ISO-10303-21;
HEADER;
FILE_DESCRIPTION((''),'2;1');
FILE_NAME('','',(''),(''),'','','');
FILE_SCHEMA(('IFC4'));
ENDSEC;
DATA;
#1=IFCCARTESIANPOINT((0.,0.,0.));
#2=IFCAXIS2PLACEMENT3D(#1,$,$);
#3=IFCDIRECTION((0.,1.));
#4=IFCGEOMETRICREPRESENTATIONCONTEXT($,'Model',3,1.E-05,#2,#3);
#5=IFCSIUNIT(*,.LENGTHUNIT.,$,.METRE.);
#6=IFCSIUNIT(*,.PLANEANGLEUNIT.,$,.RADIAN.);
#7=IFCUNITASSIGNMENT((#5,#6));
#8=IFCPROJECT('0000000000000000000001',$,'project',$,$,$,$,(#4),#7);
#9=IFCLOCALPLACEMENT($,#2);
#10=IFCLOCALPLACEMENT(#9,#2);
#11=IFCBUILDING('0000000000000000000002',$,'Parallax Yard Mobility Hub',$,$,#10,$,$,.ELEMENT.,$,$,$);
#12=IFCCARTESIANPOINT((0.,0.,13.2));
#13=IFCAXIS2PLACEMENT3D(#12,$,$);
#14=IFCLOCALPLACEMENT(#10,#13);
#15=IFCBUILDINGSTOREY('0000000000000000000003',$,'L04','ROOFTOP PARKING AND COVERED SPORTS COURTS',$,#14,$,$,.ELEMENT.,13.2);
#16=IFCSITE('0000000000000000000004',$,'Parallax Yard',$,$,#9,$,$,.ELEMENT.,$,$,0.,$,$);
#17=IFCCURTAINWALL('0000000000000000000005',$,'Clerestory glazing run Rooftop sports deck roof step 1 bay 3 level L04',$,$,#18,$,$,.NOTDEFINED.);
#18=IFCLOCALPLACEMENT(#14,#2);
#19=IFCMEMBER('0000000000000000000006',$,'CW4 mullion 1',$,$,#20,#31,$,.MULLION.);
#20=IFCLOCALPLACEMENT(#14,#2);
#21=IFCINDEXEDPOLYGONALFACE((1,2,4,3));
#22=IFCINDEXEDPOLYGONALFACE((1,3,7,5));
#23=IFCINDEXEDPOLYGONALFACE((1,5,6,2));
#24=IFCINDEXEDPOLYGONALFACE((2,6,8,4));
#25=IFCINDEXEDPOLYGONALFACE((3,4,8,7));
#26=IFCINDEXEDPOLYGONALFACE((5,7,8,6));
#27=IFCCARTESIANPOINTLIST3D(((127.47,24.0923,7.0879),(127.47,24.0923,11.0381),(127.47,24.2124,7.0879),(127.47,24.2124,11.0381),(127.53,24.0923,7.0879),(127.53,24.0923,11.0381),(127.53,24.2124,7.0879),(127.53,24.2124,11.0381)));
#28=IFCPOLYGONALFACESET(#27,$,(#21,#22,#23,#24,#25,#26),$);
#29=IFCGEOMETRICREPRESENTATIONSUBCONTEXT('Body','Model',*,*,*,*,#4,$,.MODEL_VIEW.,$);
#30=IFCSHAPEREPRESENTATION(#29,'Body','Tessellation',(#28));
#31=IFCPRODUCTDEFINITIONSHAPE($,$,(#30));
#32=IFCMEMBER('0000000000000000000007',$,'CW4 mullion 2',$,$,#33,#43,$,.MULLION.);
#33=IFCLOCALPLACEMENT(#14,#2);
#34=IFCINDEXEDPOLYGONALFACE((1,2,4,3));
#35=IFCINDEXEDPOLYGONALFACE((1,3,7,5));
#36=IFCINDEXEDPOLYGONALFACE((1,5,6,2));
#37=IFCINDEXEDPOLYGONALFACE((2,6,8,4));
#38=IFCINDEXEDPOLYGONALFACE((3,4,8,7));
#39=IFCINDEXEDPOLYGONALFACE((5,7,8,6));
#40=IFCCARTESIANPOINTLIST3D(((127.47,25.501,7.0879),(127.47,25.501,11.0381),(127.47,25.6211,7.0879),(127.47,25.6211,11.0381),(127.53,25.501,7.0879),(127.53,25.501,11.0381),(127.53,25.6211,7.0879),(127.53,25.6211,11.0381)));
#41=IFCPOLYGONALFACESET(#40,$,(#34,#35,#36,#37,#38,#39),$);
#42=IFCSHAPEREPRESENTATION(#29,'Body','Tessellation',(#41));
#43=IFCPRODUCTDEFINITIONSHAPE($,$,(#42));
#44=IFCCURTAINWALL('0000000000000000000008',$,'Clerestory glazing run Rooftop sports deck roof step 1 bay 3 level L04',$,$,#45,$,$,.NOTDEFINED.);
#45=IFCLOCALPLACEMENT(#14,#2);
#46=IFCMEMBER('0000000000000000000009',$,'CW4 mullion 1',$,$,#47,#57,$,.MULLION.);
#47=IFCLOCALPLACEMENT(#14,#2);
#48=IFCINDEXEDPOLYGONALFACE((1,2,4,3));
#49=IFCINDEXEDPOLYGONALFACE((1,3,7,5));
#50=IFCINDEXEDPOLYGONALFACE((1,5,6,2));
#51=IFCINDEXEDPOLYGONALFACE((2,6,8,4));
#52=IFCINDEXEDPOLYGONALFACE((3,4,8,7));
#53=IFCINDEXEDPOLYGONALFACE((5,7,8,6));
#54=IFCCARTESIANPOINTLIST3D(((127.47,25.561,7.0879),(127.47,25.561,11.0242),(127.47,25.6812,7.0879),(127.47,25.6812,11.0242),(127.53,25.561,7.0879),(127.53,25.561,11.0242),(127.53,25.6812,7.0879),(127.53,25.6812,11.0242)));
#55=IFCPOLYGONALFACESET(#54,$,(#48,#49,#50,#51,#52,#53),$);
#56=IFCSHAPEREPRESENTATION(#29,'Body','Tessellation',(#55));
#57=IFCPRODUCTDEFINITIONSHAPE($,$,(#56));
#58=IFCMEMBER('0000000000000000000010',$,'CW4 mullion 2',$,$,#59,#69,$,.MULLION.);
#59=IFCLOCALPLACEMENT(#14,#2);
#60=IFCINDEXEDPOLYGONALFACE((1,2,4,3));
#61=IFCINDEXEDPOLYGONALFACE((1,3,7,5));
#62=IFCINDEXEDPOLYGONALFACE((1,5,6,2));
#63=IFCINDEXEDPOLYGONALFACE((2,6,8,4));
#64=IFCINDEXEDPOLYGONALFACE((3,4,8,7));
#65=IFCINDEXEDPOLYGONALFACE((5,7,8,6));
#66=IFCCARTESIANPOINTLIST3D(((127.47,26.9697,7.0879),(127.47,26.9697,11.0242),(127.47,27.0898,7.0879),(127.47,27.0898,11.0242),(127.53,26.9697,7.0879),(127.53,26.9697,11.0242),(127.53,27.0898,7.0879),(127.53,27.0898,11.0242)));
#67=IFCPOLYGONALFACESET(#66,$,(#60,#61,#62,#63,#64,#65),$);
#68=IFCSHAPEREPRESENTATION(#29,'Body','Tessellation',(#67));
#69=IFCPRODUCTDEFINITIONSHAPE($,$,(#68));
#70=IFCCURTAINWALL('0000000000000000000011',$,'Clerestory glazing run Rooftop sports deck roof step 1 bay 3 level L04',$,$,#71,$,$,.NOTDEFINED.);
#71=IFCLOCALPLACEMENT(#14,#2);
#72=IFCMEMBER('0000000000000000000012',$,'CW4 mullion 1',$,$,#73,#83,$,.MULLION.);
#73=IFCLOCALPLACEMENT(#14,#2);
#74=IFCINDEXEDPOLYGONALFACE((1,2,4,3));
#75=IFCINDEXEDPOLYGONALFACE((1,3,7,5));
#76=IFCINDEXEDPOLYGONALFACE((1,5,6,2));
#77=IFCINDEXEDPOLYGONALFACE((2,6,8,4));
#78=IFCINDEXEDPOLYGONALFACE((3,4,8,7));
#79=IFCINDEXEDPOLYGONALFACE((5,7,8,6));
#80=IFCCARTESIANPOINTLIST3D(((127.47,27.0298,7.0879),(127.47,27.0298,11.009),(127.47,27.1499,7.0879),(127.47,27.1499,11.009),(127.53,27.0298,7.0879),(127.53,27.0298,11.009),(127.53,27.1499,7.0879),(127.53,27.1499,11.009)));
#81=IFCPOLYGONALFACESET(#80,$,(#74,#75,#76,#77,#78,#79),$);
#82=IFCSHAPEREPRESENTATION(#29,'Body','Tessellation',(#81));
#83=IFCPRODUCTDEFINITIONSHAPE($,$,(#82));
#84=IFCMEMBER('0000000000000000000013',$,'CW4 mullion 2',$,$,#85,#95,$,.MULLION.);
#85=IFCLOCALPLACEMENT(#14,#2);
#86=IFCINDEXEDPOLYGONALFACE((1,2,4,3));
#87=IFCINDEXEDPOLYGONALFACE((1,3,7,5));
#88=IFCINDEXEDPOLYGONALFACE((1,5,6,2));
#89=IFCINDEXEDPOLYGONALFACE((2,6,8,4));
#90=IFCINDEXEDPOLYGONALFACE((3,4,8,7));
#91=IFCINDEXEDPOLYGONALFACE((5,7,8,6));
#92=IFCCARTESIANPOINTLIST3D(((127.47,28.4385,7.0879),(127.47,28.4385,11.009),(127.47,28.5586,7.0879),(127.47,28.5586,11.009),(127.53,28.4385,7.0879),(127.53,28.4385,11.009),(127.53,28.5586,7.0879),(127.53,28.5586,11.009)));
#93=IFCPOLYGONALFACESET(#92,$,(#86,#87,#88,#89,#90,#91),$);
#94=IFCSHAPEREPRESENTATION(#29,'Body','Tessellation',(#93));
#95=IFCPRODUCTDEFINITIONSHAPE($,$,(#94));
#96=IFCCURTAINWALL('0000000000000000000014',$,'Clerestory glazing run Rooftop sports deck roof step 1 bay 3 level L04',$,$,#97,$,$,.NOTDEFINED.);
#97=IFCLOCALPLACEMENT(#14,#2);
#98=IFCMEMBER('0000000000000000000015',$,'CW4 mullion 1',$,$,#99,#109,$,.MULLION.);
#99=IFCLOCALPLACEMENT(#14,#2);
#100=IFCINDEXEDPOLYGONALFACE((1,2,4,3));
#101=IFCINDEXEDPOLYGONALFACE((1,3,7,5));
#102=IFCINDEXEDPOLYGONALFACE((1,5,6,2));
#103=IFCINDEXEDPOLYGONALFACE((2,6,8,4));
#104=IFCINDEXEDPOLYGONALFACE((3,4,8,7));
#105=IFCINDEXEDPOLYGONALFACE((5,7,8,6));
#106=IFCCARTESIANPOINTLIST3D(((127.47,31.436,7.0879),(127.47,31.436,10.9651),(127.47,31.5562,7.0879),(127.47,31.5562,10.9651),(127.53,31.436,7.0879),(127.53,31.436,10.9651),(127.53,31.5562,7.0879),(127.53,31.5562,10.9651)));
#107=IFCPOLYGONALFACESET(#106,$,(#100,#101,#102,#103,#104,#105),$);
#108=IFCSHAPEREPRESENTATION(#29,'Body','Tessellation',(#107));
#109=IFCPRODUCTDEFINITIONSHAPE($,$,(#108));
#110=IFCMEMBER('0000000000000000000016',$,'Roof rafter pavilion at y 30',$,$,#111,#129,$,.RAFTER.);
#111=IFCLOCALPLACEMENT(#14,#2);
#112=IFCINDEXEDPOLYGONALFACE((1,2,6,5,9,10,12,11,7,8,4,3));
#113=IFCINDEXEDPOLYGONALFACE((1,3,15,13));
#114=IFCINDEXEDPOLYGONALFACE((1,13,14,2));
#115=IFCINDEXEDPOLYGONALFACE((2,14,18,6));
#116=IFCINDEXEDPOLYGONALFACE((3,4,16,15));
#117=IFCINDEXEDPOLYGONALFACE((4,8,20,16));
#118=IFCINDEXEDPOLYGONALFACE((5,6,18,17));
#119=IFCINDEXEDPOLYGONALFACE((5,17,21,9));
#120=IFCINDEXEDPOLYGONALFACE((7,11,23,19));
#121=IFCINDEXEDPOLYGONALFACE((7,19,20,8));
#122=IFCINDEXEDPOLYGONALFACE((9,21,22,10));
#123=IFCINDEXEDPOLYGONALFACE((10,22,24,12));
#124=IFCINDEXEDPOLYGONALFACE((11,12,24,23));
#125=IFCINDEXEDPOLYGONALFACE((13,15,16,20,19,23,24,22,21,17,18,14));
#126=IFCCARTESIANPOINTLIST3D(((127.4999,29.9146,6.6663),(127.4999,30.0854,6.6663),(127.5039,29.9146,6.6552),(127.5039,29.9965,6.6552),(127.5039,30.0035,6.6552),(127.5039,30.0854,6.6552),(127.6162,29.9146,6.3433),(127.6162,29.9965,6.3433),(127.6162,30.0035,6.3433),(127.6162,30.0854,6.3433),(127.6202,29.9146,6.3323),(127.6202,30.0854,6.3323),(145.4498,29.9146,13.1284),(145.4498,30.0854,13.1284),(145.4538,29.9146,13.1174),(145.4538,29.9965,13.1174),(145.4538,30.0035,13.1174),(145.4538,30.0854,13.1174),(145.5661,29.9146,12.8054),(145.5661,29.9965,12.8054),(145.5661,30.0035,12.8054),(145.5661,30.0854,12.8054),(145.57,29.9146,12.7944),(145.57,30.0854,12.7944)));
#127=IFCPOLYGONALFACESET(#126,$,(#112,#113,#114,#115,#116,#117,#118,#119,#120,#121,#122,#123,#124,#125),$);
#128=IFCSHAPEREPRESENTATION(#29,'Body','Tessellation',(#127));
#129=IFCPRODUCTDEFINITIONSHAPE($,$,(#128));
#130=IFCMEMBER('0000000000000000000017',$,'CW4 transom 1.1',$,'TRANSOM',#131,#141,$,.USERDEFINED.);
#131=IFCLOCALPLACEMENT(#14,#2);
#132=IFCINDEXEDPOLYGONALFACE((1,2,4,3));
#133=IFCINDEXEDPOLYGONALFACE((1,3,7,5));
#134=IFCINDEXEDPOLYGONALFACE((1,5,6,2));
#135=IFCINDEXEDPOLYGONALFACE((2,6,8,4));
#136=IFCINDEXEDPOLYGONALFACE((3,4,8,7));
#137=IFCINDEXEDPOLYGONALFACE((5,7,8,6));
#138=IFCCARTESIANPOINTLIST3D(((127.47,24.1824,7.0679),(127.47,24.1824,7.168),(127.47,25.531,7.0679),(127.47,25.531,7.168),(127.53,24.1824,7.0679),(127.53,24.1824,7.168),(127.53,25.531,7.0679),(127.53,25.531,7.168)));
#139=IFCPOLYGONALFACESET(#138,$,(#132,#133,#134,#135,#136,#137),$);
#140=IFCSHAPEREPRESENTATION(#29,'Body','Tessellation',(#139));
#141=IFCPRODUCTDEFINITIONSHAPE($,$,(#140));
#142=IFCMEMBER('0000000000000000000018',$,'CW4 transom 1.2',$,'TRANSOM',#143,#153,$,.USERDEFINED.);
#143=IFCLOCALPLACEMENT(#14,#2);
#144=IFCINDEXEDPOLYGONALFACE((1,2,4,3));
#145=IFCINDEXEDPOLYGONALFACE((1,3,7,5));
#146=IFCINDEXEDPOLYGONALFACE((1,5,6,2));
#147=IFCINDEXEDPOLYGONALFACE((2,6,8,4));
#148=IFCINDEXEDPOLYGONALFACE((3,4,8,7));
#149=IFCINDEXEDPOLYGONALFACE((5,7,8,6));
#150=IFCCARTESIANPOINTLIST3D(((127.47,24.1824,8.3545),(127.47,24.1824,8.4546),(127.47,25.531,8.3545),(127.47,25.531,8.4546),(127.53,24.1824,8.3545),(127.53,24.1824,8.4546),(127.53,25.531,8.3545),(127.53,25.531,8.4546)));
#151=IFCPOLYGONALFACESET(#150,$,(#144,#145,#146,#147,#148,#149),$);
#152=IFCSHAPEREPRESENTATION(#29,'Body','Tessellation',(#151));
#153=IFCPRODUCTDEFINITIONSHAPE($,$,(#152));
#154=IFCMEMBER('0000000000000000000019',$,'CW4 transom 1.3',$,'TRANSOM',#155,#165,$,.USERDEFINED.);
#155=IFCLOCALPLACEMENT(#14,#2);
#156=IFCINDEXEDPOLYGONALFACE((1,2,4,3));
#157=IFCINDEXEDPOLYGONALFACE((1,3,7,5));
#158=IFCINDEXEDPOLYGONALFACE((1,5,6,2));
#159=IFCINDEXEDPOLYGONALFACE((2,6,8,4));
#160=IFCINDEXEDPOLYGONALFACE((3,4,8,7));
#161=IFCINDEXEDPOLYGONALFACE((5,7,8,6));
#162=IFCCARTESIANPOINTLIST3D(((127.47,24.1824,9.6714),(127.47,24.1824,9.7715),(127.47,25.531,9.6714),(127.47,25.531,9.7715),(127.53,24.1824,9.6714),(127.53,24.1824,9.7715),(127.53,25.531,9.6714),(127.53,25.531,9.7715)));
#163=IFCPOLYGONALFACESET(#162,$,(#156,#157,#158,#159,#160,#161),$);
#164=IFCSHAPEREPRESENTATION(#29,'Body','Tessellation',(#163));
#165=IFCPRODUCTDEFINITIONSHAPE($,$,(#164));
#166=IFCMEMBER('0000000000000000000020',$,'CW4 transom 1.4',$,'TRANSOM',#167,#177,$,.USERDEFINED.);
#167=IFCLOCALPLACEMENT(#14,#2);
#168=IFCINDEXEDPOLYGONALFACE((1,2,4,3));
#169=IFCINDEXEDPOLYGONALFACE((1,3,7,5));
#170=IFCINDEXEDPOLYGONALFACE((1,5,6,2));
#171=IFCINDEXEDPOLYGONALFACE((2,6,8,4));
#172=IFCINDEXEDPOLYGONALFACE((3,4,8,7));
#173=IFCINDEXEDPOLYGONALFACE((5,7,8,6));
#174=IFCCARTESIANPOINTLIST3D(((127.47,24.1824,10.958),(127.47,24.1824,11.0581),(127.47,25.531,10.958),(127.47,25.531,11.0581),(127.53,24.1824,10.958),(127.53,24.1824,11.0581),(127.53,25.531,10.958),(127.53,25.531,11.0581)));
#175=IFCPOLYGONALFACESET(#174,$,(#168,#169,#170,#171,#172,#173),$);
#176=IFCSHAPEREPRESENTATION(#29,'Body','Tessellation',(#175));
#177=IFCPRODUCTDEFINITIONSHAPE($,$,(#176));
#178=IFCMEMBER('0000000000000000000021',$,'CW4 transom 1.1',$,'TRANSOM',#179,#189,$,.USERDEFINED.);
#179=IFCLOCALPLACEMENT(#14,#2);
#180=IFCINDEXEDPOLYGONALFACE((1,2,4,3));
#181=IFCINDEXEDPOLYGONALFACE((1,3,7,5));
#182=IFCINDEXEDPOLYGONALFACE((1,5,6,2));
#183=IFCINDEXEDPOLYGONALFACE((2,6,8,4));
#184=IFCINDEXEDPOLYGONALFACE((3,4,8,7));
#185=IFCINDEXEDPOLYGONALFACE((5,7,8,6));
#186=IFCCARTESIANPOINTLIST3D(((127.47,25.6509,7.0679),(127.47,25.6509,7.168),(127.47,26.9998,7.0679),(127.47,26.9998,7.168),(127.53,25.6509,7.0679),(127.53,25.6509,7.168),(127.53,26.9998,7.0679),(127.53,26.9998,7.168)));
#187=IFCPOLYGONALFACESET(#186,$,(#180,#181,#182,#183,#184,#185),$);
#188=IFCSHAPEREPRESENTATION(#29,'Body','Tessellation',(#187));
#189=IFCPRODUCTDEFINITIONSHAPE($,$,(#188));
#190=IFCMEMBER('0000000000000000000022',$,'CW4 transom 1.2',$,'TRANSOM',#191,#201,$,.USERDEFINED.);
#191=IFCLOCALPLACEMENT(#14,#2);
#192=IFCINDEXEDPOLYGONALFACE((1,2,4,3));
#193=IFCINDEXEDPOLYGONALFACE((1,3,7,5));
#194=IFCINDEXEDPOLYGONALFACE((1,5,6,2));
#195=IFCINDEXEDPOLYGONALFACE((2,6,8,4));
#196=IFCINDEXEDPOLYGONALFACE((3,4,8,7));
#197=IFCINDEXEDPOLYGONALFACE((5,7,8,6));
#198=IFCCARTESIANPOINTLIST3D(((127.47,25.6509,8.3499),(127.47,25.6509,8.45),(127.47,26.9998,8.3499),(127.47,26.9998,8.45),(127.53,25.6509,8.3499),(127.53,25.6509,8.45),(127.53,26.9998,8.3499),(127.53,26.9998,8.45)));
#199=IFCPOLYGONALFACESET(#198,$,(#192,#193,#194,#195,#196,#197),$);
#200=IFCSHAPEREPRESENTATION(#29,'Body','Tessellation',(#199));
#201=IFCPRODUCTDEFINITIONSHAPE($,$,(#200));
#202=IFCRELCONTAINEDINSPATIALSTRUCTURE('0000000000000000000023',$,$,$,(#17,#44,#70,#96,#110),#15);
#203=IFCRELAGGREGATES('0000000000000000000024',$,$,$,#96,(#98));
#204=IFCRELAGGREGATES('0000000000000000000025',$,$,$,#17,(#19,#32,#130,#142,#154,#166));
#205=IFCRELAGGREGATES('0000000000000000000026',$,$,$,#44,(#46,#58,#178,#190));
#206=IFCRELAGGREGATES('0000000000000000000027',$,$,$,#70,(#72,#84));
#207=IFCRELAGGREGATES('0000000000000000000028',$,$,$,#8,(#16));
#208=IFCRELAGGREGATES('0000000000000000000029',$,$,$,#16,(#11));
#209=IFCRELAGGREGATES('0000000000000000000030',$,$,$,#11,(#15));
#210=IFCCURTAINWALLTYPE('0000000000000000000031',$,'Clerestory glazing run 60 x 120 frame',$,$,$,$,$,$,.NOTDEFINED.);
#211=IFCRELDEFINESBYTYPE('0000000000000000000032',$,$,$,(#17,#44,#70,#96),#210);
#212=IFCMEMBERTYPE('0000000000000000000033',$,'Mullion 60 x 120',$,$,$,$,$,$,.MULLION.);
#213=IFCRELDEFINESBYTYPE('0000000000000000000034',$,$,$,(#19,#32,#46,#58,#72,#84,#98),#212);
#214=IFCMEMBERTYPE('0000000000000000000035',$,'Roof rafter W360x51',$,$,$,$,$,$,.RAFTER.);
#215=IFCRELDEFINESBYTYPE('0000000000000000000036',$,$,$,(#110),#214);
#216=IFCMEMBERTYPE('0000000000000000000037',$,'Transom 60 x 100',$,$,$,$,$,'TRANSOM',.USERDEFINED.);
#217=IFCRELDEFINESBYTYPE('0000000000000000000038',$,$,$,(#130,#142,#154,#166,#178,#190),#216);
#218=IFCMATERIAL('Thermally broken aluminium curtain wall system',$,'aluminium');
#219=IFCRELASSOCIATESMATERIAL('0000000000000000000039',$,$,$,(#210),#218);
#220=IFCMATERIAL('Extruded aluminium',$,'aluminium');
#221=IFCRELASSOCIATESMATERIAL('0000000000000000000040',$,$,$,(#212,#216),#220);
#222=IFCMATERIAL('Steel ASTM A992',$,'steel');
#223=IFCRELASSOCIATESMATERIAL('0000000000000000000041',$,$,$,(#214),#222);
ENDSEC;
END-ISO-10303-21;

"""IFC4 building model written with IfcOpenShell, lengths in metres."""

from ifc_helpers import new_model, si_unit, direction, frame, origin, origin_2d, place, context, subcontext, project, spatial, rectangle, i_section, extrude, material, material_profile, profile_set, type_object, element, aggregate, save


model = new_model("IFC4")

# Units and contexts
model_context = context("Model", 3, precision=1e-05, world=origin(), true_north=direction((0.0, 1.0)))
body_context = subcontext(model_context, "Body", "Model", "MODEL_VIEW")
ifc_project = project(units=[si_unit("LENGTHUNIT", "METRE"), si_unit("PLANEANGLEUNIT", "RADIAN")], contexts=[model_context])

# Site, building, storey
site_placement = place(None, origin())
site = spatial("IfcSite", under=ifc_project, at=site_placement, Name="Parallax Yard", CompositionType="ELEMENT", RefElevation=0.0)
building_placement = place(site_placement, origin())
building = spatial("IfcBuilding", under=site, at=building_placement, Name="Parallax Yard Mobility Hub", CompositionType="ELEMENT")
storey_placement = place(building_placement, frame((0.0, 0.0, 13.2)))
storey = spatial("IfcBuildingStorey", under=building, at=storey_placement, Name="L04", Description="ROOFTOP PARKING AND COVERED SPORTS COURTS", CompositionType="ELEMENT", Elevation=13.2)

# Curtain walls, members
ifc_material_1 = material(Name="Thermally broken aluminium curtain wall system", Category="aluminium")
curtain_wall_type = type_object("IfcCurtainWallType", Name="Clerestory glazing run 60 x 120 frame", PredefinedType="NOTDEFINED", material=ifc_material_1)
curtain_wall_1_placement = place(storey_placement, origin())
curtain_wall_1 = element("IfcCurtainWall", 1, at=curtain_wall_1_placement, inside=storey, type_object=curtain_wall_type, Name="Clerestory glazing run Rooftop sports deck roof step 1 bay 3 level L04", PredefinedType="NOTDEFINED")
ifc_material_2 = material(Name="Extruded aluminium", Category="aluminium")
ifc_material_profile_1 = material_profile(ifc_material_2, rectangle(XDim=0.0601, YDim=0.1201, at=origin_2d()), Name="Mullion 60 x 120")
ifc_profile_set_1 = profile_set([ifc_material_profile_1], Name="Extruded aluminium")
member_type_1 = type_object("IfcMemberType", Name="Mullion 60 x 120", PredefinedType="MULLION", material=ifc_profile_set_1)
member_1_placement = place(storey_placement, frame((127.5, 24.1523, 7.0879), z_axis=(0.0, 0.0, 1.0), x_axis=(-1.0, 0.0, 0.0)))
member_1 = element("IfcMember", 2, at=member_1_placement, type_object=member_type_1, Name="CW4 mullion 1", PredefinedType="MULLION", context=body_context, shape_type="SweptSolid", body=[
    extrude(rectangle(XDim=0.0601, YDim=0.1201, at=origin_2d()), origin(), (0.0, 0.0, 1.0), 3.9502),
])
member_2_placement = place(storey_placement, frame((127.5, 25.561, 7.0879), z_axis=(0.0, 0.0, 1.0), x_axis=(-1.0, 0.0, 0.0)))
member_2 = element("IfcMember", 3, at=member_2_placement, type_object=member_type_1, Name="CW4 mullion 2", PredefinedType="MULLION", context=body_context, shape_type="SweptSolid", body=[
    extrude(rectangle(XDim=0.0601, YDim=0.1201, at=origin_2d()), origin(), (0.0, 0.0, 1.0), 3.9502),
])
curtain_wall_2_placement = place(storey_placement, origin())
curtain_wall_2 = element("IfcCurtainWall", 4, at=curtain_wall_2_placement, inside=storey, type_object=curtain_wall_type, Name="Clerestory glazing run Rooftop sports deck roof step 1 bay 3 level L04", PredefinedType="NOTDEFINED")
member_3_placement = place(storey_placement, frame((127.5, 25.6211, 7.0879), z_axis=(0.0, 0.0, 1.0), x_axis=(-1.0, 0.0, 0.0)))
member_3 = element("IfcMember", 5, at=member_3_placement, type_object=member_type_1, Name="CW4 mullion 1", PredefinedType="MULLION", context=body_context, shape_type="SweptSolid", body=[
    extrude(rectangle(XDim=0.0601, YDim=0.1201, at=origin_2d()), origin(), (0.0, 0.0, 1.0), 3.9363),
])
member_4_placement = place(storey_placement, frame((127.5, 27.0298, 7.0879), z_axis=(0.0, 0.0, 1.0), x_axis=(-1.0, 0.0, 0.0)))
member_4 = element("IfcMember", 6, at=member_4_placement, type_object=member_type_1, Name="CW4 mullion 2", PredefinedType="MULLION", context=body_context, shape_type="SweptSolid", body=[
    extrude(rectangle(XDim=0.0601, YDim=0.1201, at=origin_2d()), origin(), (0.0, 0.0, 1.0), 3.9363),
])
curtain_wall_3_placement = place(storey_placement, origin())
curtain_wall_3 = element("IfcCurtainWall", 7, at=curtain_wall_3_placement, inside=storey, type_object=curtain_wall_type, Name="Clerestory glazing run Rooftop sports deck roof step 1 bay 3 level L04", PredefinedType="NOTDEFINED")
member_5_placement = place(storey_placement, frame((127.5, 27.0898, 7.0879), z_axis=(0.0, 0.0, 1.0), x_axis=(-1.0, 0.0, 0.0)))
member_5 = element("IfcMember", 8, at=member_5_placement, type_object=member_type_1, Name="CW4 mullion 1", PredefinedType="MULLION", context=body_context, shape_type="SweptSolid", body=[
    extrude(rectangle(XDim=0.0601, YDim=0.1201, at=origin_2d()), origin(), (0.0, 0.0, 1.0), 3.9211),
])
member_6_placement = place(storey_placement, frame((127.5, 28.4985, 7.0879), z_axis=(0.0, 0.0, 1.0), x_axis=(-1.0, 0.0, 0.0)))
member_6 = element("IfcMember", 9, at=member_6_placement, type_object=member_type_1, Name="CW4 mullion 2", PredefinedType="MULLION", context=body_context, shape_type="SweptSolid", body=[
    extrude(rectangle(XDim=0.0601, YDim=0.1201, at=origin_2d()), origin(), (0.0, 0.0, 1.0), 3.9211),
])

# Curtain wall, member
curtain_wall_4_placement = place(storey_placement, origin())
curtain_wall_4 = element("IfcCurtainWall", 10, at=curtain_wall_4_placement, inside=storey, type_object=curtain_wall_type, Name="Clerestory glazing run Rooftop sports deck roof step 1 bay 3 level L04", PredefinedType="NOTDEFINED")
member_7_placement = place(storey_placement, frame((127.5, 31.4961, 7.0879), z_axis=(0.0, 0.0, 1.0), x_axis=(-1.0, 0.0, 0.0)))
member_7 = element("IfcMember", 11, at=member_7_placement, type_object=member_type_1, Name="CW4 mullion 1", PredefinedType="MULLION", context=body_context, shape_type="SweptSolid", body=[
    extrude(rectangle(XDim=0.0601, YDim=0.1201, at=origin_2d()), origin(), (0.0, 0.0, 1.0), 3.8772),
])

# Members
ifc_material_3 = material(Name="Steel ASTM A992", Category="steel")
ifc_material_profile_2 = material_profile(ifc_material_3, i_section(OverallWidth=0.1709, OverallDepth=0.355, WebThickness=0.0071, FlangeThickness=0.0117, at=origin_2d()), Name="W360x51")
ifc_profile_set_2 = profile_set([ifc_material_profile_2], Name="Steel ASTM A992")
member_type_2 = type_object("IfcMemberType", Name="Roof rafter W360x51", PredefinedType="RAFTER", material=ifc_profile_set_2)
member_8_placement = place(storey_placement, frame((127.5601, 30.0, 6.4993), z_axis=(0.940884, 0.0, 0.338728), x_axis=(0.0, 1.0, 0.0)))
element("IfcMember", 12, at=member_8_placement, inside=storey, type_object=member_type_2, Name="Roof rafter pavilion at y 30", PredefinedType="RAFTER", context=body_context, shape_type="SweptSolid", body=[
    extrude(i_section(OverallWidth=0.1709, OverallDepth=0.355, WebThickness=0.0071, FlangeThickness=0.0117, at=origin_2d()), origin(), (0.0, 0.0, 1.0), 19.0776),
])
ifc_material_profile_3 = material_profile(ifc_material_2, rectangle(XDim=0.0601, YDim=0.1001, at=origin_2d()), Name="Transom 60 x 100")
ifc_profile_set_3 = profile_set([ifc_material_profile_3], Name="Extruded aluminium")
member_type_3 = type_object("IfcMemberType", Name="Transom 60 x 100", ElementType="TRANSOM", PredefinedType="USERDEFINED", material=ifc_profile_set_3)
member_9_placement = place(storey_placement, frame((127.5, 24.1824, 7.1179), z_axis=(0.0, 1.0, 0.0), x_axis=(-1.0, 0.0, 0.0)))
member_9 = element("IfcMember", 13, at=member_9_placement, type_object=member_type_3, Name="CW4 transom 1.1", ObjectType="TRANSOM", PredefinedType="USERDEFINED", context=body_context, shape_type="SweptSolid", body=[
    extrude(rectangle(XDim=0.0601, YDim=0.1001, at=origin_2d()), origin(), (0.0, 0.0, 1.0), 1.3486),
])
member_10_placement = place(storey_placement, frame((127.5, 24.1824, 8.4045), z_axis=(0.0, 1.0, 0.0), x_axis=(-1.0, 0.0, 0.0)))
member_10 = element("IfcMember", 14, at=member_10_placement, type_object=member_type_3, Name="CW4 transom 1.2", ObjectType="TRANSOM", PredefinedType="USERDEFINED", context=body_context, shape_type="SweptSolid", body=[
    extrude(rectangle(XDim=0.0601, YDim=0.1001, at=origin_2d()), origin(), (0.0, 0.0, 1.0), 1.3486),
])
member_11_placement = place(storey_placement, frame((127.5, 24.1824, 9.7214), z_axis=(0.0, 1.0, 0.0), x_axis=(-1.0, 0.0, 0.0)))
member_11 = element("IfcMember", 15, at=member_11_placement, type_object=member_type_3, Name="CW4 transom 1.3", ObjectType="TRANSOM", PredefinedType="USERDEFINED", context=body_context, shape_type="SweptSolid", body=[
    extrude(rectangle(XDim=0.0601, YDim=0.1001, at=origin_2d()), origin(), (0.0, 0.0, 1.0), 1.3486),
])
member_12_placement = place(storey_placement, frame((127.5, 24.1824, 11.0081), z_axis=(0.0, 1.0, 0.0), x_axis=(-1.0, 0.0, 0.0)))
member_12 = element("IfcMember", 16, at=member_12_placement, type_object=member_type_3, Name="CW4 transom 1.4", ObjectType="TRANSOM", PredefinedType="USERDEFINED", context=body_context, shape_type="SweptSolid", body=[
    extrude(rectangle(XDim=0.0601, YDim=0.1001, at=origin_2d()), origin(), (0.0, 0.0, 1.0), 1.3486),
])
member_13_placement = place(storey_placement, frame((127.5, 25.6509, 7.1179), z_axis=(0.0, 1.0, 0.0), x_axis=(-1.0, 0.0, 0.0)))
member_13 = element("IfcMember", 17, at=member_13_placement, type_object=member_type_3, Name="CW4 transom 1.1", ObjectType="TRANSOM", PredefinedType="USERDEFINED", context=body_context, shape_type="SweptSolid", body=[
    extrude(rectangle(XDim=0.0601, YDim=0.1001, at=origin_2d()), origin(), (0.0, 0.0, 1.0), 1.3489),
])
member_14_placement = place(storey_placement, frame((127.5, 25.6509, 8.3999), z_axis=(0.0, 1.0, 0.0), x_axis=(-1.0, 0.0, 0.0)))
member_14 = element("IfcMember", 18, at=member_14_placement, type_object=member_type_3, Name="CW4 transom 1.2", ObjectType="TRANSOM", PredefinedType="USERDEFINED", context=body_context, shape_type="SweptSolid", body=[
    extrude(rectangle(XDim=0.0601, YDim=0.1001, at=origin_2d()), origin(), (0.0, 0.0, 1.0), 1.3489),
])
aggregate(curtain_wall_4, [member_7])

aggregate(curtain_wall_1, [member_1, member_2, member_9, member_10, member_11, member_12])
aggregate(curtain_wall_2, [member_3, member_4, member_13, member_14])
aggregate(curtain_wall_3, [member_5, member_6])

save(model, "model.ifc")
